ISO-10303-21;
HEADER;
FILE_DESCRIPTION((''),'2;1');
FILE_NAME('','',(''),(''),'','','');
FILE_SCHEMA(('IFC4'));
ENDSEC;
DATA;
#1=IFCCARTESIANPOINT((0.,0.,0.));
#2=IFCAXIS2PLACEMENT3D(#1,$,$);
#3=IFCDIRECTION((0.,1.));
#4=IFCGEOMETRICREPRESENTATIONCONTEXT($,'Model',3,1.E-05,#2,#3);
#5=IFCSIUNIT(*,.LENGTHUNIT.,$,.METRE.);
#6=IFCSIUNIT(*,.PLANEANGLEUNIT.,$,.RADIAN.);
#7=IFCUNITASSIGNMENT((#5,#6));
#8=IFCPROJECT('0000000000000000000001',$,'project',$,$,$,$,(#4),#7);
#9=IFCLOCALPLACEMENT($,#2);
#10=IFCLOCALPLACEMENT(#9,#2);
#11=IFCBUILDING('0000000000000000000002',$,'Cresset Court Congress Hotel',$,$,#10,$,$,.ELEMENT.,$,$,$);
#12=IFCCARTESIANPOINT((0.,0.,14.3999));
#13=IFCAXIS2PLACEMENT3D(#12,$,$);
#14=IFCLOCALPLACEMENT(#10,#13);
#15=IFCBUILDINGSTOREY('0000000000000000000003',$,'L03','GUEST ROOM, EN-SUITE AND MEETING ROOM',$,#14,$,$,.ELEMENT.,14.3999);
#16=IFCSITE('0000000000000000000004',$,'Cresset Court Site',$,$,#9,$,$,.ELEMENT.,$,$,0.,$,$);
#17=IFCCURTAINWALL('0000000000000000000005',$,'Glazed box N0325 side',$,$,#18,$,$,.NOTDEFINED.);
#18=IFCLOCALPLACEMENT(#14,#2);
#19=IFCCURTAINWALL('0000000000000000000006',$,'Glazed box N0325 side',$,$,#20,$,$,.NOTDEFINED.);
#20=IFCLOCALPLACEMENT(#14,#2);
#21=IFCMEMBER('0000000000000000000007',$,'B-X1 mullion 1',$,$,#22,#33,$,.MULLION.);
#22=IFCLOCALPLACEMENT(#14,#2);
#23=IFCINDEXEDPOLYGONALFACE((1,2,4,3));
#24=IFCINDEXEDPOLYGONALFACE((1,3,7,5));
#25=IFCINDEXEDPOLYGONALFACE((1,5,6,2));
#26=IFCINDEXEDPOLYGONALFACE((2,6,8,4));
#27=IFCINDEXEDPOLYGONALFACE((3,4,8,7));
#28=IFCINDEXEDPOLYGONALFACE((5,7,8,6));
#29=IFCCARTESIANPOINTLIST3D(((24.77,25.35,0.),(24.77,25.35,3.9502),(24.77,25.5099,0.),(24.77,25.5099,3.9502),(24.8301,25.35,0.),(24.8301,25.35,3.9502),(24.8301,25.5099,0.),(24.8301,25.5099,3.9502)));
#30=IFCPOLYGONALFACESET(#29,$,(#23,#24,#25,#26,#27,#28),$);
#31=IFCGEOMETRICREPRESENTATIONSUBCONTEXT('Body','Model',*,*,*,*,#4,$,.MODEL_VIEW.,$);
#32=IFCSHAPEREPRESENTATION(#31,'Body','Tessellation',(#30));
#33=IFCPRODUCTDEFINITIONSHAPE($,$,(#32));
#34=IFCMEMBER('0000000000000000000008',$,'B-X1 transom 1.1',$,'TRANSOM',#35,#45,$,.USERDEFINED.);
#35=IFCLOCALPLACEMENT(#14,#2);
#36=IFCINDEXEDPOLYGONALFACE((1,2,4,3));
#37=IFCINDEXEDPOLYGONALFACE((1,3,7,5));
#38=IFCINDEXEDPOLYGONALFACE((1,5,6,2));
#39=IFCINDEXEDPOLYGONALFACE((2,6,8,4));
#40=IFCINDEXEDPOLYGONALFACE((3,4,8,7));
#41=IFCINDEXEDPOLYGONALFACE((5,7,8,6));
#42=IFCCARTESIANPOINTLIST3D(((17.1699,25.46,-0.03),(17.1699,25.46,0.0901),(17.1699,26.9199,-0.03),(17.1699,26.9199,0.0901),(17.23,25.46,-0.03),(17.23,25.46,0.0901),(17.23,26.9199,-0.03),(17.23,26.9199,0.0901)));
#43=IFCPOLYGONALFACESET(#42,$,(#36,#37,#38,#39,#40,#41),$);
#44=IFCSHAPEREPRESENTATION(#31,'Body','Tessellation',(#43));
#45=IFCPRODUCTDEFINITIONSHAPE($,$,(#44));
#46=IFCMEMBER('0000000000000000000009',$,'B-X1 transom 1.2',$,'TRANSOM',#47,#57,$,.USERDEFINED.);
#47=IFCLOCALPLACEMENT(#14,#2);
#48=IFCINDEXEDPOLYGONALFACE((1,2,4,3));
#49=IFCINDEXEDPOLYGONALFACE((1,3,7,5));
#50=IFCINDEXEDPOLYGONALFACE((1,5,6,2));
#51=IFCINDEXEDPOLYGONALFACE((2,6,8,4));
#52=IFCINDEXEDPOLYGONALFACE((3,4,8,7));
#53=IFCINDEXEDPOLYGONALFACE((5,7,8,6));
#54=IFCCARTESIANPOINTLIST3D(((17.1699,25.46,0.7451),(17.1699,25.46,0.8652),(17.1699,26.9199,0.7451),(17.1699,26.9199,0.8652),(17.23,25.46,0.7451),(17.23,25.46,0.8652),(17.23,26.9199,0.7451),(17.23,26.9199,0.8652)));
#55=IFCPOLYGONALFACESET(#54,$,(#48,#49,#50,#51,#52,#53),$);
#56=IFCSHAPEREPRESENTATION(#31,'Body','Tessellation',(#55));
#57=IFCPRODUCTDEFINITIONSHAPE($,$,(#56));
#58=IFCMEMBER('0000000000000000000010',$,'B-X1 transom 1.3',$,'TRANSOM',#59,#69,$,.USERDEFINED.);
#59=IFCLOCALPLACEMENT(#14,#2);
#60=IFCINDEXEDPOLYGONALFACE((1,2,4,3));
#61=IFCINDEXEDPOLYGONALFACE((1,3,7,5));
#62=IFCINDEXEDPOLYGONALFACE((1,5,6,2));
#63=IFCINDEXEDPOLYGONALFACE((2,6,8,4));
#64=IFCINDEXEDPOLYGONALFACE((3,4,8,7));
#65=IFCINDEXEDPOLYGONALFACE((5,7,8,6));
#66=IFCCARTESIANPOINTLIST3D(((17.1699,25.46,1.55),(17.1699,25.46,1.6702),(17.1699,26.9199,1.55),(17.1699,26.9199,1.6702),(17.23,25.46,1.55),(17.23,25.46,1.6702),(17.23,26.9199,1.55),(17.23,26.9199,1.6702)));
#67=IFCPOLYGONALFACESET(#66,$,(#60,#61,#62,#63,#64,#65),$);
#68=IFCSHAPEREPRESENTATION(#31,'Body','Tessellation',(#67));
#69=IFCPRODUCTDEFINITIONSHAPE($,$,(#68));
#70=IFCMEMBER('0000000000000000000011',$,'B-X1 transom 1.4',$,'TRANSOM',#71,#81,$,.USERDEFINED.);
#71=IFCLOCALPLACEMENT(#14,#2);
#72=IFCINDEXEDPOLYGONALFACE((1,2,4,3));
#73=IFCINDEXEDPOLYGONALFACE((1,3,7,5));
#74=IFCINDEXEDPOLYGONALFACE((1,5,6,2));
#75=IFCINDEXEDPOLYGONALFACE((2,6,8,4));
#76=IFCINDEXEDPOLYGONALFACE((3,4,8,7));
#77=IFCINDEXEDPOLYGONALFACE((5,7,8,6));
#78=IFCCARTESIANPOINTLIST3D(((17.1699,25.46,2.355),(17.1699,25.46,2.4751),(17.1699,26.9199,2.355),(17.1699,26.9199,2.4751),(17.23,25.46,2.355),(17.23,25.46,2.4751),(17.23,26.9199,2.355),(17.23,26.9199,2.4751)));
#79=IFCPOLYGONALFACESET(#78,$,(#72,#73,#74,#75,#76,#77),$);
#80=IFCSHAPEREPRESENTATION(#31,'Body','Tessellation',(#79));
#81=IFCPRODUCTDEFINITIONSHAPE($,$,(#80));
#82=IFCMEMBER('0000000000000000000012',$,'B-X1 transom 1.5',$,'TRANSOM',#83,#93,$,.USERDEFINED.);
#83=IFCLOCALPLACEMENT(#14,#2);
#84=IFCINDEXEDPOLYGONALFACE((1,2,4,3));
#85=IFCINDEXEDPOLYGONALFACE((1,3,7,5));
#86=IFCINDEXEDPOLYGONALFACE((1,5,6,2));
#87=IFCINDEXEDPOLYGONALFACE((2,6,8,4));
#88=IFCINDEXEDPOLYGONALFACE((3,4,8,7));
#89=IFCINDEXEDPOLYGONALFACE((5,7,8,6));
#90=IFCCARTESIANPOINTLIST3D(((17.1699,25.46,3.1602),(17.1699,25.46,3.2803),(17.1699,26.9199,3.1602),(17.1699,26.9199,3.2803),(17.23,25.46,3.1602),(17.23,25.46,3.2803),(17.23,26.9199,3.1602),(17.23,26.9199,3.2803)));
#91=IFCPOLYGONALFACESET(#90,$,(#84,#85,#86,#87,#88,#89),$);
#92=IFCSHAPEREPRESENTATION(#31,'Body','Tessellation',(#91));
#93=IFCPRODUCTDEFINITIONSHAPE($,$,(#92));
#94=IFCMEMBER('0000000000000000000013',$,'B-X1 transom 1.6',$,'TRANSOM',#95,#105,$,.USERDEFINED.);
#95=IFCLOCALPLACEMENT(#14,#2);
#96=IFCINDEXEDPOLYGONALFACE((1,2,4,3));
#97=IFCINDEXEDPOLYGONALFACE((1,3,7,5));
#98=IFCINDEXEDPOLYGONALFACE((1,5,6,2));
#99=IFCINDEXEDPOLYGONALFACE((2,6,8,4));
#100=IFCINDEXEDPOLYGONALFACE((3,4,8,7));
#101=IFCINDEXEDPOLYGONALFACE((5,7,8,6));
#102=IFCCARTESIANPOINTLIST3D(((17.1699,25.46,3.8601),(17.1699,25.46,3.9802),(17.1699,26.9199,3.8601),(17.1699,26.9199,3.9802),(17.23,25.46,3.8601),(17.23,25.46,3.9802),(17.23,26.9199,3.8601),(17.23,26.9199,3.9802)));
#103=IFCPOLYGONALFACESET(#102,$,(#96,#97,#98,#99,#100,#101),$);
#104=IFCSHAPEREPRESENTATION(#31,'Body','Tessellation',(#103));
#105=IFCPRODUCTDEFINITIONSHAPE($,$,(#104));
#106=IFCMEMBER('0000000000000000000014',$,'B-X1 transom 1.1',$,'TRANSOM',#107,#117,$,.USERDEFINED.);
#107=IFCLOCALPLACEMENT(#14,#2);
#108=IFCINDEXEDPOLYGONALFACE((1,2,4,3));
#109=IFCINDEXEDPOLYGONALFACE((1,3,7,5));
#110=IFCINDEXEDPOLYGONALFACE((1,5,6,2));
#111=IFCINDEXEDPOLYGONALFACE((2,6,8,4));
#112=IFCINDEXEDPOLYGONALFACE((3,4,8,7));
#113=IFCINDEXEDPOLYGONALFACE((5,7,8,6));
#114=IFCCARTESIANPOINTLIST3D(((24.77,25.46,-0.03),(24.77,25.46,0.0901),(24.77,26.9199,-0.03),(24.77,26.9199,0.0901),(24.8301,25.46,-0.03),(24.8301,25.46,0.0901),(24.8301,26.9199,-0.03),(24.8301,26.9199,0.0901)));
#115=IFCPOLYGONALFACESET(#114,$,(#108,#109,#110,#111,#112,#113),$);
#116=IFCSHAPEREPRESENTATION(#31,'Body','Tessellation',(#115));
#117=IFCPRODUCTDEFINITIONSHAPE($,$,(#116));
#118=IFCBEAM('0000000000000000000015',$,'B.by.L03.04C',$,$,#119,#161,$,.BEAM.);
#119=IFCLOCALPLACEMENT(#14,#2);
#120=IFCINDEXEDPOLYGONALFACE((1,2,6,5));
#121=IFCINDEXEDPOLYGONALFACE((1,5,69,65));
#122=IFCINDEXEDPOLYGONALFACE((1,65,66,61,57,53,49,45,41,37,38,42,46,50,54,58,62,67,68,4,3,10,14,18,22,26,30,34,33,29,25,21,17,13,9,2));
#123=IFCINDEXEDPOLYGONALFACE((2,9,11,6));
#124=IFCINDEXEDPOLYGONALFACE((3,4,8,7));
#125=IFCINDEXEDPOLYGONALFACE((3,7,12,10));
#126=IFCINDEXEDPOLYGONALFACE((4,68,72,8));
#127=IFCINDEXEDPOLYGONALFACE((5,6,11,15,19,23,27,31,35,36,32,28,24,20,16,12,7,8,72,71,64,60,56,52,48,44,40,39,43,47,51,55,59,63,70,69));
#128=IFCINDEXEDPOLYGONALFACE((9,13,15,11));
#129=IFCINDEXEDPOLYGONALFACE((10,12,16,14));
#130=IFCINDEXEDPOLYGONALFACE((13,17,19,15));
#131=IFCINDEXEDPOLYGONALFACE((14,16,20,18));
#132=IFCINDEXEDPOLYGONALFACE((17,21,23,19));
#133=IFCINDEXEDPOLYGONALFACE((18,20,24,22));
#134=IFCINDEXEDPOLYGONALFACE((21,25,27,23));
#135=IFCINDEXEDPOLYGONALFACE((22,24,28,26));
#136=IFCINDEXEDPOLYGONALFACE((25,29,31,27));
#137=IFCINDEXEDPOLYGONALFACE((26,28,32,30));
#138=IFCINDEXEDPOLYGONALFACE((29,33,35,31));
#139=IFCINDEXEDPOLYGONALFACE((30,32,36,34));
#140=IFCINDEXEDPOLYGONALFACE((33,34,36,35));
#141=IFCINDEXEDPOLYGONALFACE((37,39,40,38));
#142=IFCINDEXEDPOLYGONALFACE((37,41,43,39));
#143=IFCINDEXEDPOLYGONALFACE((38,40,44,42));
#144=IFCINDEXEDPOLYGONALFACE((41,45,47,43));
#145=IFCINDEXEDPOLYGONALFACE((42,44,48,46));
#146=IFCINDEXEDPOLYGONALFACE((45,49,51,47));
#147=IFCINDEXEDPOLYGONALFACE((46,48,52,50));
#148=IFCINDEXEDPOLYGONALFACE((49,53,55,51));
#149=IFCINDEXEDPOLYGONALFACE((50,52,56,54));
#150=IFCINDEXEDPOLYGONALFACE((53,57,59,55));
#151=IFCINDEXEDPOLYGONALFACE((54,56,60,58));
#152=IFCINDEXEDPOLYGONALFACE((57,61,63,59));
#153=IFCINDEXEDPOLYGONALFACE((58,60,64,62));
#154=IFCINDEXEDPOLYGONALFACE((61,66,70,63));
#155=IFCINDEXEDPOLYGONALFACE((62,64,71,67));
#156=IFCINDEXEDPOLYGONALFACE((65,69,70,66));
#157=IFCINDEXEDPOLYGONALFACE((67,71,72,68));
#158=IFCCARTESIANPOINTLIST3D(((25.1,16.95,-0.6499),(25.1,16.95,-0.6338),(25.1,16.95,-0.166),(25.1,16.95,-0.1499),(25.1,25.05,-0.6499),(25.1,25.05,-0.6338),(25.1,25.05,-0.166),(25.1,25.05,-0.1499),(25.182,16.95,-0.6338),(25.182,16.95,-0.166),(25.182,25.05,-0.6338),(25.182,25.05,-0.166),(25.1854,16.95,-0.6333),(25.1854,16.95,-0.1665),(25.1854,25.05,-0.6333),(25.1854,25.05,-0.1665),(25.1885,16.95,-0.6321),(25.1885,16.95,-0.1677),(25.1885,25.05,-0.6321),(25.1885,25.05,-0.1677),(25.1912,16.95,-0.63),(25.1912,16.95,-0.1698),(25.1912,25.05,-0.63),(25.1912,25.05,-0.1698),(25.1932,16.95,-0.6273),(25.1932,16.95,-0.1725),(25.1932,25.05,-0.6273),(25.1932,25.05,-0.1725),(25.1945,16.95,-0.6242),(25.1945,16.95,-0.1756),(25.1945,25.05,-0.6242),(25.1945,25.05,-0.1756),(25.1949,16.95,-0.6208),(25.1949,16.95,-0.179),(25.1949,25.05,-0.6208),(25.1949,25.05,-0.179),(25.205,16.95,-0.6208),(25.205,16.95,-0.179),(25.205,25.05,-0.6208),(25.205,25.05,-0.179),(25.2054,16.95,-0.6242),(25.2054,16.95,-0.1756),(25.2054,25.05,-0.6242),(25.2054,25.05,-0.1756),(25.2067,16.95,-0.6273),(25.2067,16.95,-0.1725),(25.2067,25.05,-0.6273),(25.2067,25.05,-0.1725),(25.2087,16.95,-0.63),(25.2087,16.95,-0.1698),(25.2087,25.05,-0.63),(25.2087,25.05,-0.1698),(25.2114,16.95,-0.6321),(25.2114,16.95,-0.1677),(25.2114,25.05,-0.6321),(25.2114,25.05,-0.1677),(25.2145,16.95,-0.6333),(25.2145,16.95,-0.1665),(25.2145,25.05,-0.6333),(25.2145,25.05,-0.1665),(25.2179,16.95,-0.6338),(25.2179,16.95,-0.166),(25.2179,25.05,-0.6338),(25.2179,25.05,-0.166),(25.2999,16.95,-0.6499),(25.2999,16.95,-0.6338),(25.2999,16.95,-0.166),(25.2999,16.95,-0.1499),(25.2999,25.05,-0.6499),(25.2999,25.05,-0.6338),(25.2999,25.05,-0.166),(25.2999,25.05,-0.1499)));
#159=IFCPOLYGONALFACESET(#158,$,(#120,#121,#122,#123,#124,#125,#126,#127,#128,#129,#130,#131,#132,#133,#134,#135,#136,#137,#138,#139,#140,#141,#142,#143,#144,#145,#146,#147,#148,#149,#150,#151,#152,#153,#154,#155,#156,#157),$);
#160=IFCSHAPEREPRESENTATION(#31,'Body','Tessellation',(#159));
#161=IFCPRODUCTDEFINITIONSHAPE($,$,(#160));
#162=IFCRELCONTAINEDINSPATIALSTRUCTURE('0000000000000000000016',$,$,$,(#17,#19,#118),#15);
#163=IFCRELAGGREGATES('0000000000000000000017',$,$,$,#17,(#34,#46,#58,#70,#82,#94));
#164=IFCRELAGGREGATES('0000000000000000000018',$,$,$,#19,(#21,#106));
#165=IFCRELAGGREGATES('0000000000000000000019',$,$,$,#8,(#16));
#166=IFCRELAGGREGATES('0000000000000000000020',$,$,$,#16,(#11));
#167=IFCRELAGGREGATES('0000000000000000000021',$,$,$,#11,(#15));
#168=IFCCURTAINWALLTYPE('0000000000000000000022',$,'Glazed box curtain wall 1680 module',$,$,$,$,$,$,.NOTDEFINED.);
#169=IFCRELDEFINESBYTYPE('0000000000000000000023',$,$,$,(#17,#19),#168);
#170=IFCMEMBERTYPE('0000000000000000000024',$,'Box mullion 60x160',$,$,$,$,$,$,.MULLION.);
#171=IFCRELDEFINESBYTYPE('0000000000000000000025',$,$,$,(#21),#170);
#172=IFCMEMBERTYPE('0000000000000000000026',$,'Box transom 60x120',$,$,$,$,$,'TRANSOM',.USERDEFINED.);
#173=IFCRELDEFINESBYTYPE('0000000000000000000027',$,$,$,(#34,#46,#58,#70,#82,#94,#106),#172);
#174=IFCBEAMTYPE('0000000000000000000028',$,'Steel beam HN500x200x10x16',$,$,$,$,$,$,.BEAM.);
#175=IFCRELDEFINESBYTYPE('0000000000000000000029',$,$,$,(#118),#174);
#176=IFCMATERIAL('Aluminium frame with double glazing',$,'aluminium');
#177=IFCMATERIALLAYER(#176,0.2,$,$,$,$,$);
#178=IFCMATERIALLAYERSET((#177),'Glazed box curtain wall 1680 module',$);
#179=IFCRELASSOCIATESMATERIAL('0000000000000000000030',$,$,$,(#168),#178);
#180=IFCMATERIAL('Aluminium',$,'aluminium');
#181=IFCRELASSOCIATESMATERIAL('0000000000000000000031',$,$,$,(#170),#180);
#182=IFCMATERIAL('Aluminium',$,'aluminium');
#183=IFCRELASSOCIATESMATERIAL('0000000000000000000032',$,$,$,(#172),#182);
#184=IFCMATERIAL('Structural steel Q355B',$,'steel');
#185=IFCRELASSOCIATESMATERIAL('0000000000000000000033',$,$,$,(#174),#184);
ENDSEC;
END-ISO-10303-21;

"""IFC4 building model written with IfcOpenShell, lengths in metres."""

from ifc_helpers import new_model, si_unit, direction, frame, origin, origin_2d, place, context, subcontext, project, spatial, rectangle, i_section, extrude, material, layer, layer_set, material_profile, profile_set, type_object, element, aggregate, save


model = new_model("IFC4")

# Units and contexts
model_context = context("Model", 3, precision=1e-05, world=origin(), true_north=direction((0.0, 1.0)))
body_context = subcontext(model_context, "Body", "Model", "MODEL_VIEW")
ifc_project = project(units=[si_unit("LENGTHUNIT", "METRE"), si_unit("PLANEANGLEUNIT", "RADIAN")], contexts=[model_context])

# Site, building, storey
site_placement = place(None, origin())
site = spatial("IfcSite", under=ifc_project, at=site_placement, Name="Cresset Court Site", CompositionType="ELEMENT", RefElevation=0.0)
building_placement = place(site_placement, origin())
building = spatial("IfcBuilding", under=site, at=building_placement, Name="Cresset Court Congress Hotel", CompositionType="ELEMENT")
storey_placement = place(building_placement, frame((0.0, 0.0, 14.3999)))
storey = spatial("IfcBuildingStorey", under=building, at=storey_placement, Name="L03", Description="GUEST ROOM, EN-SUITE AND MEETING ROOM", CompositionType="ELEMENT", Elevation=14.3999)

# Curtain walls, member
ifc_material_1 = material(Name="Aluminium frame with double glazing", Category="aluminium")
ifc_layer_1 = layer(ifc_material_1, 0.2)
ifc_layer_set_1 = layer_set([ifc_layer_1], Name="Glazed box curtain wall 1680 module")
curtain_wall_type = type_object("IfcCurtainWallType", Name="Glazed box curtain wall 1680 module", PredefinedType="NOTDEFINED", material=ifc_layer_set_1)
curtain_wall_1_placement = place(storey_placement, origin())
curtain_wall_1 = element("IfcCurtainWall", 1, at=curtain_wall_1_placement, inside=storey, type_object=curtain_wall_type, Name="Glazed box N0325 side", PredefinedType="NOTDEFINED")
ifc_material_2 = material(Name="Aluminium", Category="aluminium")
ifc_material_profile_1 = material_profile(ifc_material_2, rectangle(XDim=0.0601, YDim=0.1599, at=origin_2d()), Name="Box mullion 60x160")
ifc_profile_set_1 = profile_set([ifc_material_profile_1], Name="Aluminium")
member_type_1 = type_object("IfcMemberType", Name="Box mullion 60x160", PredefinedType="MULLION", material=ifc_profile_set_1)
curtain_wall_2_placement = place(storey_placement, origin())
curtain_wall_2 = element("IfcCurtainWall", 2, at=curtain_wall_2_placement, inside=storey, type_object=curtain_wall_type, Name="Glazed box N0325 side", PredefinedType="NOTDEFINED")
member_1_placement = place(storey_placement, frame((24.8, 25.4299, 0.0), z_axis=(0.0, 0.0, 1.0), x_axis=(-1.0, 0.0, 0.0)))
member_1 = element("IfcMember", 3, at=member_1_placement, type_object=member_type_1, Name="B-X1 mullion 1", PredefinedType="MULLION", context=body_context, shape_type="SweptSolid", body=[
    extrude(rectangle(XDim=0.0601, YDim=0.1599, at=origin_2d()), origin(), (0.0, 0.0, 1.0), 3.9502),
])

# Members
ifc_material_3 = material(Name="Aluminium", Category="aluminium")
ifc_material_profile_2 = material_profile(ifc_material_3, rectangle(XDim=0.0601, YDim=0.1201, at=origin_2d()), Name="Box transom 60x120")
ifc_profile_set_2 = profile_set([ifc_material_profile_2], Name="Aluminium")
member_type_2 = type_object("IfcMemberType", Name="Box transom 60x120", ElementType="TRANSOM", PredefinedType="USERDEFINED", material=ifc_profile_set_2)
member_2_placement = place(storey_placement, frame((17.2, 25.46, 0.03), z_axis=(0.0, 1.0, 0.0), x_axis=(-1.0, 0.0, 0.0)))
member_2 = element("IfcMember", 4, at=member_2_placement, type_object=member_type_2, Name="B-X1 transom 1.1", ObjectType="TRANSOM", PredefinedType="USERDEFINED", context=body_context, shape_type="SweptSolid", body=[
    extrude(rectangle(XDim=0.0601, YDim=0.1201, at=origin_2d()), origin(), (0.0, 0.0, 1.0), 1.46),
])
member_3_placement = place(storey_placement, frame((17.2, 25.46, 0.8052), z_axis=(0.0, 1.0, 0.0), x_axis=(-1.0, 0.0, 0.0)))
member_3 = element("IfcMember", 5, at=member_3_placement, type_object=member_type_2, Name="B-X1 transom 1.2", ObjectType="TRANSOM", PredefinedType="USERDEFINED", context=body_context, shape_type="SweptSolid", body=[
    extrude(rectangle(XDim=0.0601, YDim=0.1201, at=origin_2d()), origin(), (0.0, 0.0, 1.0), 1.46),
])
member_4_placement = place(storey_placement, frame((17.2, 25.46, 1.6101), z_axis=(0.0, 1.0, 0.0), x_axis=(-1.0, 0.0, 0.0)))
member_4 = element("IfcMember", 6, at=member_4_placement, type_object=member_type_2, Name="B-X1 transom 1.3", ObjectType="TRANSOM", PredefinedType="USERDEFINED", context=body_context, shape_type="SweptSolid", body=[
    extrude(rectangle(XDim=0.0601, YDim=0.1201, at=origin_2d()), origin(), (0.0, 0.0, 1.0), 1.46),
])
member_5_placement = place(storey_placement, frame((17.2, 25.46, 2.415), z_axis=(0.0, 1.0, 0.0), x_axis=(-1.0, 0.0, 0.0)))
member_5 = element("IfcMember", 7, at=member_5_placement, type_object=member_type_2, Name="B-X1 transom 1.4", ObjectType="TRANSOM", PredefinedType="USERDEFINED", context=body_context, shape_type="SweptSolid", body=[
    extrude(rectangle(XDim=0.0601, YDim=0.1201, at=origin_2d()), origin(), (0.0, 0.0, 1.0), 1.46),
])
member_6_placement = place(storey_placement, frame((17.2, 25.46, 3.2202), z_axis=(0.0, 1.0, 0.0), x_axis=(-1.0, 0.0, 0.0)))
member_6 = element("IfcMember", 8, at=member_6_placement, type_object=member_type_2, Name="B-X1 transom 1.5", ObjectType="TRANSOM", PredefinedType="USERDEFINED", context=body_context, shape_type="SweptSolid", body=[
    extrude(rectangle(XDim=0.0601, YDim=0.1201, at=origin_2d()), origin(), (0.0, 0.0, 1.0), 1.46),
])
member_7_placement = place(storey_placement, frame((17.2, 25.46, 3.9202), z_axis=(0.0, 1.0, 0.0), x_axis=(-1.0, 0.0, 0.0)))
member_7 = element("IfcMember", 9, at=member_7_placement, type_object=member_type_2, Name="B-X1 transom 1.6", ObjectType="TRANSOM", PredefinedType="USERDEFINED", context=body_context, shape_type="SweptSolid", body=[
    extrude(rectangle(XDim=0.0601, YDim=0.1201, at=origin_2d()), origin(), (0.0, 0.0, 1.0), 1.46),
])
aggregate(curtain_wall_1, [member_2, member_3, member_4, member_5, member_6, member_7])
member_8_placement = place(storey_placement, frame((24.8, 25.46, 0.03), z_axis=(0.0, 1.0, 0.0), x_axis=(-1.0, 0.0, 0.0)))
member_8 = element("IfcMember", 10, at=member_8_placement, type_object=member_type_2, Name="B-X1 transom 1.1", ObjectType="TRANSOM", PredefinedType="USERDEFINED", context=body_context, shape_type="SweptSolid", body=[
    extrude(rectangle(XDim=0.0601, YDim=0.1201, at=origin_2d()), origin(), (0.0, 0.0, 1.0), 1.46),
])
aggregate(curtain_wall_2, [member_1, member_8])

# Beam
ifc_material_4 = material(Name="Structural steel Q355B", Category="steel")
ifc_material_profile_3 = material_profile(ifc_material_4, i_section(OverallWidth=0.2, OverallDepth=0.5, WebThickness=0.01, FlangeThickness=0.0161, FilletRadius=0.0129, at=origin_2d()), Name="HN500x200x10x16")
ifc_profile_set_3 = profile_set([ifc_material_profile_3], Name="Structural steel Q355B")
beam_type_1 = type_object("IfcBeamType", Name="Steel beam HN500x200x10x16", PredefinedType="BEAM", material=ifc_profile_set_3)
beam_1_placement = place(storey_placement, frame((25.2, 16.95, -0.3999), z_axis=(0.0, 1.0, 0.0), x_axis=(-1.0, 0.0, 0.0)))
element("IfcBeam", 11, at=beam_1_placement, inside=storey, type_object=beam_type_1, Name="B.by.L03.04C", PredefinedType="BEAM", context=body_context, shape_type="SweptSolid", body=[
    extrude(i_section(OverallWidth=0.2, OverallDepth=0.5, WebThickness=0.01, FlangeThickness=0.0161, FilletRadius=0.0129, at=origin_2d()), origin(), (0.0, 0.0, 1.0), 8.1001),
])

save(model, "model.ifc")
